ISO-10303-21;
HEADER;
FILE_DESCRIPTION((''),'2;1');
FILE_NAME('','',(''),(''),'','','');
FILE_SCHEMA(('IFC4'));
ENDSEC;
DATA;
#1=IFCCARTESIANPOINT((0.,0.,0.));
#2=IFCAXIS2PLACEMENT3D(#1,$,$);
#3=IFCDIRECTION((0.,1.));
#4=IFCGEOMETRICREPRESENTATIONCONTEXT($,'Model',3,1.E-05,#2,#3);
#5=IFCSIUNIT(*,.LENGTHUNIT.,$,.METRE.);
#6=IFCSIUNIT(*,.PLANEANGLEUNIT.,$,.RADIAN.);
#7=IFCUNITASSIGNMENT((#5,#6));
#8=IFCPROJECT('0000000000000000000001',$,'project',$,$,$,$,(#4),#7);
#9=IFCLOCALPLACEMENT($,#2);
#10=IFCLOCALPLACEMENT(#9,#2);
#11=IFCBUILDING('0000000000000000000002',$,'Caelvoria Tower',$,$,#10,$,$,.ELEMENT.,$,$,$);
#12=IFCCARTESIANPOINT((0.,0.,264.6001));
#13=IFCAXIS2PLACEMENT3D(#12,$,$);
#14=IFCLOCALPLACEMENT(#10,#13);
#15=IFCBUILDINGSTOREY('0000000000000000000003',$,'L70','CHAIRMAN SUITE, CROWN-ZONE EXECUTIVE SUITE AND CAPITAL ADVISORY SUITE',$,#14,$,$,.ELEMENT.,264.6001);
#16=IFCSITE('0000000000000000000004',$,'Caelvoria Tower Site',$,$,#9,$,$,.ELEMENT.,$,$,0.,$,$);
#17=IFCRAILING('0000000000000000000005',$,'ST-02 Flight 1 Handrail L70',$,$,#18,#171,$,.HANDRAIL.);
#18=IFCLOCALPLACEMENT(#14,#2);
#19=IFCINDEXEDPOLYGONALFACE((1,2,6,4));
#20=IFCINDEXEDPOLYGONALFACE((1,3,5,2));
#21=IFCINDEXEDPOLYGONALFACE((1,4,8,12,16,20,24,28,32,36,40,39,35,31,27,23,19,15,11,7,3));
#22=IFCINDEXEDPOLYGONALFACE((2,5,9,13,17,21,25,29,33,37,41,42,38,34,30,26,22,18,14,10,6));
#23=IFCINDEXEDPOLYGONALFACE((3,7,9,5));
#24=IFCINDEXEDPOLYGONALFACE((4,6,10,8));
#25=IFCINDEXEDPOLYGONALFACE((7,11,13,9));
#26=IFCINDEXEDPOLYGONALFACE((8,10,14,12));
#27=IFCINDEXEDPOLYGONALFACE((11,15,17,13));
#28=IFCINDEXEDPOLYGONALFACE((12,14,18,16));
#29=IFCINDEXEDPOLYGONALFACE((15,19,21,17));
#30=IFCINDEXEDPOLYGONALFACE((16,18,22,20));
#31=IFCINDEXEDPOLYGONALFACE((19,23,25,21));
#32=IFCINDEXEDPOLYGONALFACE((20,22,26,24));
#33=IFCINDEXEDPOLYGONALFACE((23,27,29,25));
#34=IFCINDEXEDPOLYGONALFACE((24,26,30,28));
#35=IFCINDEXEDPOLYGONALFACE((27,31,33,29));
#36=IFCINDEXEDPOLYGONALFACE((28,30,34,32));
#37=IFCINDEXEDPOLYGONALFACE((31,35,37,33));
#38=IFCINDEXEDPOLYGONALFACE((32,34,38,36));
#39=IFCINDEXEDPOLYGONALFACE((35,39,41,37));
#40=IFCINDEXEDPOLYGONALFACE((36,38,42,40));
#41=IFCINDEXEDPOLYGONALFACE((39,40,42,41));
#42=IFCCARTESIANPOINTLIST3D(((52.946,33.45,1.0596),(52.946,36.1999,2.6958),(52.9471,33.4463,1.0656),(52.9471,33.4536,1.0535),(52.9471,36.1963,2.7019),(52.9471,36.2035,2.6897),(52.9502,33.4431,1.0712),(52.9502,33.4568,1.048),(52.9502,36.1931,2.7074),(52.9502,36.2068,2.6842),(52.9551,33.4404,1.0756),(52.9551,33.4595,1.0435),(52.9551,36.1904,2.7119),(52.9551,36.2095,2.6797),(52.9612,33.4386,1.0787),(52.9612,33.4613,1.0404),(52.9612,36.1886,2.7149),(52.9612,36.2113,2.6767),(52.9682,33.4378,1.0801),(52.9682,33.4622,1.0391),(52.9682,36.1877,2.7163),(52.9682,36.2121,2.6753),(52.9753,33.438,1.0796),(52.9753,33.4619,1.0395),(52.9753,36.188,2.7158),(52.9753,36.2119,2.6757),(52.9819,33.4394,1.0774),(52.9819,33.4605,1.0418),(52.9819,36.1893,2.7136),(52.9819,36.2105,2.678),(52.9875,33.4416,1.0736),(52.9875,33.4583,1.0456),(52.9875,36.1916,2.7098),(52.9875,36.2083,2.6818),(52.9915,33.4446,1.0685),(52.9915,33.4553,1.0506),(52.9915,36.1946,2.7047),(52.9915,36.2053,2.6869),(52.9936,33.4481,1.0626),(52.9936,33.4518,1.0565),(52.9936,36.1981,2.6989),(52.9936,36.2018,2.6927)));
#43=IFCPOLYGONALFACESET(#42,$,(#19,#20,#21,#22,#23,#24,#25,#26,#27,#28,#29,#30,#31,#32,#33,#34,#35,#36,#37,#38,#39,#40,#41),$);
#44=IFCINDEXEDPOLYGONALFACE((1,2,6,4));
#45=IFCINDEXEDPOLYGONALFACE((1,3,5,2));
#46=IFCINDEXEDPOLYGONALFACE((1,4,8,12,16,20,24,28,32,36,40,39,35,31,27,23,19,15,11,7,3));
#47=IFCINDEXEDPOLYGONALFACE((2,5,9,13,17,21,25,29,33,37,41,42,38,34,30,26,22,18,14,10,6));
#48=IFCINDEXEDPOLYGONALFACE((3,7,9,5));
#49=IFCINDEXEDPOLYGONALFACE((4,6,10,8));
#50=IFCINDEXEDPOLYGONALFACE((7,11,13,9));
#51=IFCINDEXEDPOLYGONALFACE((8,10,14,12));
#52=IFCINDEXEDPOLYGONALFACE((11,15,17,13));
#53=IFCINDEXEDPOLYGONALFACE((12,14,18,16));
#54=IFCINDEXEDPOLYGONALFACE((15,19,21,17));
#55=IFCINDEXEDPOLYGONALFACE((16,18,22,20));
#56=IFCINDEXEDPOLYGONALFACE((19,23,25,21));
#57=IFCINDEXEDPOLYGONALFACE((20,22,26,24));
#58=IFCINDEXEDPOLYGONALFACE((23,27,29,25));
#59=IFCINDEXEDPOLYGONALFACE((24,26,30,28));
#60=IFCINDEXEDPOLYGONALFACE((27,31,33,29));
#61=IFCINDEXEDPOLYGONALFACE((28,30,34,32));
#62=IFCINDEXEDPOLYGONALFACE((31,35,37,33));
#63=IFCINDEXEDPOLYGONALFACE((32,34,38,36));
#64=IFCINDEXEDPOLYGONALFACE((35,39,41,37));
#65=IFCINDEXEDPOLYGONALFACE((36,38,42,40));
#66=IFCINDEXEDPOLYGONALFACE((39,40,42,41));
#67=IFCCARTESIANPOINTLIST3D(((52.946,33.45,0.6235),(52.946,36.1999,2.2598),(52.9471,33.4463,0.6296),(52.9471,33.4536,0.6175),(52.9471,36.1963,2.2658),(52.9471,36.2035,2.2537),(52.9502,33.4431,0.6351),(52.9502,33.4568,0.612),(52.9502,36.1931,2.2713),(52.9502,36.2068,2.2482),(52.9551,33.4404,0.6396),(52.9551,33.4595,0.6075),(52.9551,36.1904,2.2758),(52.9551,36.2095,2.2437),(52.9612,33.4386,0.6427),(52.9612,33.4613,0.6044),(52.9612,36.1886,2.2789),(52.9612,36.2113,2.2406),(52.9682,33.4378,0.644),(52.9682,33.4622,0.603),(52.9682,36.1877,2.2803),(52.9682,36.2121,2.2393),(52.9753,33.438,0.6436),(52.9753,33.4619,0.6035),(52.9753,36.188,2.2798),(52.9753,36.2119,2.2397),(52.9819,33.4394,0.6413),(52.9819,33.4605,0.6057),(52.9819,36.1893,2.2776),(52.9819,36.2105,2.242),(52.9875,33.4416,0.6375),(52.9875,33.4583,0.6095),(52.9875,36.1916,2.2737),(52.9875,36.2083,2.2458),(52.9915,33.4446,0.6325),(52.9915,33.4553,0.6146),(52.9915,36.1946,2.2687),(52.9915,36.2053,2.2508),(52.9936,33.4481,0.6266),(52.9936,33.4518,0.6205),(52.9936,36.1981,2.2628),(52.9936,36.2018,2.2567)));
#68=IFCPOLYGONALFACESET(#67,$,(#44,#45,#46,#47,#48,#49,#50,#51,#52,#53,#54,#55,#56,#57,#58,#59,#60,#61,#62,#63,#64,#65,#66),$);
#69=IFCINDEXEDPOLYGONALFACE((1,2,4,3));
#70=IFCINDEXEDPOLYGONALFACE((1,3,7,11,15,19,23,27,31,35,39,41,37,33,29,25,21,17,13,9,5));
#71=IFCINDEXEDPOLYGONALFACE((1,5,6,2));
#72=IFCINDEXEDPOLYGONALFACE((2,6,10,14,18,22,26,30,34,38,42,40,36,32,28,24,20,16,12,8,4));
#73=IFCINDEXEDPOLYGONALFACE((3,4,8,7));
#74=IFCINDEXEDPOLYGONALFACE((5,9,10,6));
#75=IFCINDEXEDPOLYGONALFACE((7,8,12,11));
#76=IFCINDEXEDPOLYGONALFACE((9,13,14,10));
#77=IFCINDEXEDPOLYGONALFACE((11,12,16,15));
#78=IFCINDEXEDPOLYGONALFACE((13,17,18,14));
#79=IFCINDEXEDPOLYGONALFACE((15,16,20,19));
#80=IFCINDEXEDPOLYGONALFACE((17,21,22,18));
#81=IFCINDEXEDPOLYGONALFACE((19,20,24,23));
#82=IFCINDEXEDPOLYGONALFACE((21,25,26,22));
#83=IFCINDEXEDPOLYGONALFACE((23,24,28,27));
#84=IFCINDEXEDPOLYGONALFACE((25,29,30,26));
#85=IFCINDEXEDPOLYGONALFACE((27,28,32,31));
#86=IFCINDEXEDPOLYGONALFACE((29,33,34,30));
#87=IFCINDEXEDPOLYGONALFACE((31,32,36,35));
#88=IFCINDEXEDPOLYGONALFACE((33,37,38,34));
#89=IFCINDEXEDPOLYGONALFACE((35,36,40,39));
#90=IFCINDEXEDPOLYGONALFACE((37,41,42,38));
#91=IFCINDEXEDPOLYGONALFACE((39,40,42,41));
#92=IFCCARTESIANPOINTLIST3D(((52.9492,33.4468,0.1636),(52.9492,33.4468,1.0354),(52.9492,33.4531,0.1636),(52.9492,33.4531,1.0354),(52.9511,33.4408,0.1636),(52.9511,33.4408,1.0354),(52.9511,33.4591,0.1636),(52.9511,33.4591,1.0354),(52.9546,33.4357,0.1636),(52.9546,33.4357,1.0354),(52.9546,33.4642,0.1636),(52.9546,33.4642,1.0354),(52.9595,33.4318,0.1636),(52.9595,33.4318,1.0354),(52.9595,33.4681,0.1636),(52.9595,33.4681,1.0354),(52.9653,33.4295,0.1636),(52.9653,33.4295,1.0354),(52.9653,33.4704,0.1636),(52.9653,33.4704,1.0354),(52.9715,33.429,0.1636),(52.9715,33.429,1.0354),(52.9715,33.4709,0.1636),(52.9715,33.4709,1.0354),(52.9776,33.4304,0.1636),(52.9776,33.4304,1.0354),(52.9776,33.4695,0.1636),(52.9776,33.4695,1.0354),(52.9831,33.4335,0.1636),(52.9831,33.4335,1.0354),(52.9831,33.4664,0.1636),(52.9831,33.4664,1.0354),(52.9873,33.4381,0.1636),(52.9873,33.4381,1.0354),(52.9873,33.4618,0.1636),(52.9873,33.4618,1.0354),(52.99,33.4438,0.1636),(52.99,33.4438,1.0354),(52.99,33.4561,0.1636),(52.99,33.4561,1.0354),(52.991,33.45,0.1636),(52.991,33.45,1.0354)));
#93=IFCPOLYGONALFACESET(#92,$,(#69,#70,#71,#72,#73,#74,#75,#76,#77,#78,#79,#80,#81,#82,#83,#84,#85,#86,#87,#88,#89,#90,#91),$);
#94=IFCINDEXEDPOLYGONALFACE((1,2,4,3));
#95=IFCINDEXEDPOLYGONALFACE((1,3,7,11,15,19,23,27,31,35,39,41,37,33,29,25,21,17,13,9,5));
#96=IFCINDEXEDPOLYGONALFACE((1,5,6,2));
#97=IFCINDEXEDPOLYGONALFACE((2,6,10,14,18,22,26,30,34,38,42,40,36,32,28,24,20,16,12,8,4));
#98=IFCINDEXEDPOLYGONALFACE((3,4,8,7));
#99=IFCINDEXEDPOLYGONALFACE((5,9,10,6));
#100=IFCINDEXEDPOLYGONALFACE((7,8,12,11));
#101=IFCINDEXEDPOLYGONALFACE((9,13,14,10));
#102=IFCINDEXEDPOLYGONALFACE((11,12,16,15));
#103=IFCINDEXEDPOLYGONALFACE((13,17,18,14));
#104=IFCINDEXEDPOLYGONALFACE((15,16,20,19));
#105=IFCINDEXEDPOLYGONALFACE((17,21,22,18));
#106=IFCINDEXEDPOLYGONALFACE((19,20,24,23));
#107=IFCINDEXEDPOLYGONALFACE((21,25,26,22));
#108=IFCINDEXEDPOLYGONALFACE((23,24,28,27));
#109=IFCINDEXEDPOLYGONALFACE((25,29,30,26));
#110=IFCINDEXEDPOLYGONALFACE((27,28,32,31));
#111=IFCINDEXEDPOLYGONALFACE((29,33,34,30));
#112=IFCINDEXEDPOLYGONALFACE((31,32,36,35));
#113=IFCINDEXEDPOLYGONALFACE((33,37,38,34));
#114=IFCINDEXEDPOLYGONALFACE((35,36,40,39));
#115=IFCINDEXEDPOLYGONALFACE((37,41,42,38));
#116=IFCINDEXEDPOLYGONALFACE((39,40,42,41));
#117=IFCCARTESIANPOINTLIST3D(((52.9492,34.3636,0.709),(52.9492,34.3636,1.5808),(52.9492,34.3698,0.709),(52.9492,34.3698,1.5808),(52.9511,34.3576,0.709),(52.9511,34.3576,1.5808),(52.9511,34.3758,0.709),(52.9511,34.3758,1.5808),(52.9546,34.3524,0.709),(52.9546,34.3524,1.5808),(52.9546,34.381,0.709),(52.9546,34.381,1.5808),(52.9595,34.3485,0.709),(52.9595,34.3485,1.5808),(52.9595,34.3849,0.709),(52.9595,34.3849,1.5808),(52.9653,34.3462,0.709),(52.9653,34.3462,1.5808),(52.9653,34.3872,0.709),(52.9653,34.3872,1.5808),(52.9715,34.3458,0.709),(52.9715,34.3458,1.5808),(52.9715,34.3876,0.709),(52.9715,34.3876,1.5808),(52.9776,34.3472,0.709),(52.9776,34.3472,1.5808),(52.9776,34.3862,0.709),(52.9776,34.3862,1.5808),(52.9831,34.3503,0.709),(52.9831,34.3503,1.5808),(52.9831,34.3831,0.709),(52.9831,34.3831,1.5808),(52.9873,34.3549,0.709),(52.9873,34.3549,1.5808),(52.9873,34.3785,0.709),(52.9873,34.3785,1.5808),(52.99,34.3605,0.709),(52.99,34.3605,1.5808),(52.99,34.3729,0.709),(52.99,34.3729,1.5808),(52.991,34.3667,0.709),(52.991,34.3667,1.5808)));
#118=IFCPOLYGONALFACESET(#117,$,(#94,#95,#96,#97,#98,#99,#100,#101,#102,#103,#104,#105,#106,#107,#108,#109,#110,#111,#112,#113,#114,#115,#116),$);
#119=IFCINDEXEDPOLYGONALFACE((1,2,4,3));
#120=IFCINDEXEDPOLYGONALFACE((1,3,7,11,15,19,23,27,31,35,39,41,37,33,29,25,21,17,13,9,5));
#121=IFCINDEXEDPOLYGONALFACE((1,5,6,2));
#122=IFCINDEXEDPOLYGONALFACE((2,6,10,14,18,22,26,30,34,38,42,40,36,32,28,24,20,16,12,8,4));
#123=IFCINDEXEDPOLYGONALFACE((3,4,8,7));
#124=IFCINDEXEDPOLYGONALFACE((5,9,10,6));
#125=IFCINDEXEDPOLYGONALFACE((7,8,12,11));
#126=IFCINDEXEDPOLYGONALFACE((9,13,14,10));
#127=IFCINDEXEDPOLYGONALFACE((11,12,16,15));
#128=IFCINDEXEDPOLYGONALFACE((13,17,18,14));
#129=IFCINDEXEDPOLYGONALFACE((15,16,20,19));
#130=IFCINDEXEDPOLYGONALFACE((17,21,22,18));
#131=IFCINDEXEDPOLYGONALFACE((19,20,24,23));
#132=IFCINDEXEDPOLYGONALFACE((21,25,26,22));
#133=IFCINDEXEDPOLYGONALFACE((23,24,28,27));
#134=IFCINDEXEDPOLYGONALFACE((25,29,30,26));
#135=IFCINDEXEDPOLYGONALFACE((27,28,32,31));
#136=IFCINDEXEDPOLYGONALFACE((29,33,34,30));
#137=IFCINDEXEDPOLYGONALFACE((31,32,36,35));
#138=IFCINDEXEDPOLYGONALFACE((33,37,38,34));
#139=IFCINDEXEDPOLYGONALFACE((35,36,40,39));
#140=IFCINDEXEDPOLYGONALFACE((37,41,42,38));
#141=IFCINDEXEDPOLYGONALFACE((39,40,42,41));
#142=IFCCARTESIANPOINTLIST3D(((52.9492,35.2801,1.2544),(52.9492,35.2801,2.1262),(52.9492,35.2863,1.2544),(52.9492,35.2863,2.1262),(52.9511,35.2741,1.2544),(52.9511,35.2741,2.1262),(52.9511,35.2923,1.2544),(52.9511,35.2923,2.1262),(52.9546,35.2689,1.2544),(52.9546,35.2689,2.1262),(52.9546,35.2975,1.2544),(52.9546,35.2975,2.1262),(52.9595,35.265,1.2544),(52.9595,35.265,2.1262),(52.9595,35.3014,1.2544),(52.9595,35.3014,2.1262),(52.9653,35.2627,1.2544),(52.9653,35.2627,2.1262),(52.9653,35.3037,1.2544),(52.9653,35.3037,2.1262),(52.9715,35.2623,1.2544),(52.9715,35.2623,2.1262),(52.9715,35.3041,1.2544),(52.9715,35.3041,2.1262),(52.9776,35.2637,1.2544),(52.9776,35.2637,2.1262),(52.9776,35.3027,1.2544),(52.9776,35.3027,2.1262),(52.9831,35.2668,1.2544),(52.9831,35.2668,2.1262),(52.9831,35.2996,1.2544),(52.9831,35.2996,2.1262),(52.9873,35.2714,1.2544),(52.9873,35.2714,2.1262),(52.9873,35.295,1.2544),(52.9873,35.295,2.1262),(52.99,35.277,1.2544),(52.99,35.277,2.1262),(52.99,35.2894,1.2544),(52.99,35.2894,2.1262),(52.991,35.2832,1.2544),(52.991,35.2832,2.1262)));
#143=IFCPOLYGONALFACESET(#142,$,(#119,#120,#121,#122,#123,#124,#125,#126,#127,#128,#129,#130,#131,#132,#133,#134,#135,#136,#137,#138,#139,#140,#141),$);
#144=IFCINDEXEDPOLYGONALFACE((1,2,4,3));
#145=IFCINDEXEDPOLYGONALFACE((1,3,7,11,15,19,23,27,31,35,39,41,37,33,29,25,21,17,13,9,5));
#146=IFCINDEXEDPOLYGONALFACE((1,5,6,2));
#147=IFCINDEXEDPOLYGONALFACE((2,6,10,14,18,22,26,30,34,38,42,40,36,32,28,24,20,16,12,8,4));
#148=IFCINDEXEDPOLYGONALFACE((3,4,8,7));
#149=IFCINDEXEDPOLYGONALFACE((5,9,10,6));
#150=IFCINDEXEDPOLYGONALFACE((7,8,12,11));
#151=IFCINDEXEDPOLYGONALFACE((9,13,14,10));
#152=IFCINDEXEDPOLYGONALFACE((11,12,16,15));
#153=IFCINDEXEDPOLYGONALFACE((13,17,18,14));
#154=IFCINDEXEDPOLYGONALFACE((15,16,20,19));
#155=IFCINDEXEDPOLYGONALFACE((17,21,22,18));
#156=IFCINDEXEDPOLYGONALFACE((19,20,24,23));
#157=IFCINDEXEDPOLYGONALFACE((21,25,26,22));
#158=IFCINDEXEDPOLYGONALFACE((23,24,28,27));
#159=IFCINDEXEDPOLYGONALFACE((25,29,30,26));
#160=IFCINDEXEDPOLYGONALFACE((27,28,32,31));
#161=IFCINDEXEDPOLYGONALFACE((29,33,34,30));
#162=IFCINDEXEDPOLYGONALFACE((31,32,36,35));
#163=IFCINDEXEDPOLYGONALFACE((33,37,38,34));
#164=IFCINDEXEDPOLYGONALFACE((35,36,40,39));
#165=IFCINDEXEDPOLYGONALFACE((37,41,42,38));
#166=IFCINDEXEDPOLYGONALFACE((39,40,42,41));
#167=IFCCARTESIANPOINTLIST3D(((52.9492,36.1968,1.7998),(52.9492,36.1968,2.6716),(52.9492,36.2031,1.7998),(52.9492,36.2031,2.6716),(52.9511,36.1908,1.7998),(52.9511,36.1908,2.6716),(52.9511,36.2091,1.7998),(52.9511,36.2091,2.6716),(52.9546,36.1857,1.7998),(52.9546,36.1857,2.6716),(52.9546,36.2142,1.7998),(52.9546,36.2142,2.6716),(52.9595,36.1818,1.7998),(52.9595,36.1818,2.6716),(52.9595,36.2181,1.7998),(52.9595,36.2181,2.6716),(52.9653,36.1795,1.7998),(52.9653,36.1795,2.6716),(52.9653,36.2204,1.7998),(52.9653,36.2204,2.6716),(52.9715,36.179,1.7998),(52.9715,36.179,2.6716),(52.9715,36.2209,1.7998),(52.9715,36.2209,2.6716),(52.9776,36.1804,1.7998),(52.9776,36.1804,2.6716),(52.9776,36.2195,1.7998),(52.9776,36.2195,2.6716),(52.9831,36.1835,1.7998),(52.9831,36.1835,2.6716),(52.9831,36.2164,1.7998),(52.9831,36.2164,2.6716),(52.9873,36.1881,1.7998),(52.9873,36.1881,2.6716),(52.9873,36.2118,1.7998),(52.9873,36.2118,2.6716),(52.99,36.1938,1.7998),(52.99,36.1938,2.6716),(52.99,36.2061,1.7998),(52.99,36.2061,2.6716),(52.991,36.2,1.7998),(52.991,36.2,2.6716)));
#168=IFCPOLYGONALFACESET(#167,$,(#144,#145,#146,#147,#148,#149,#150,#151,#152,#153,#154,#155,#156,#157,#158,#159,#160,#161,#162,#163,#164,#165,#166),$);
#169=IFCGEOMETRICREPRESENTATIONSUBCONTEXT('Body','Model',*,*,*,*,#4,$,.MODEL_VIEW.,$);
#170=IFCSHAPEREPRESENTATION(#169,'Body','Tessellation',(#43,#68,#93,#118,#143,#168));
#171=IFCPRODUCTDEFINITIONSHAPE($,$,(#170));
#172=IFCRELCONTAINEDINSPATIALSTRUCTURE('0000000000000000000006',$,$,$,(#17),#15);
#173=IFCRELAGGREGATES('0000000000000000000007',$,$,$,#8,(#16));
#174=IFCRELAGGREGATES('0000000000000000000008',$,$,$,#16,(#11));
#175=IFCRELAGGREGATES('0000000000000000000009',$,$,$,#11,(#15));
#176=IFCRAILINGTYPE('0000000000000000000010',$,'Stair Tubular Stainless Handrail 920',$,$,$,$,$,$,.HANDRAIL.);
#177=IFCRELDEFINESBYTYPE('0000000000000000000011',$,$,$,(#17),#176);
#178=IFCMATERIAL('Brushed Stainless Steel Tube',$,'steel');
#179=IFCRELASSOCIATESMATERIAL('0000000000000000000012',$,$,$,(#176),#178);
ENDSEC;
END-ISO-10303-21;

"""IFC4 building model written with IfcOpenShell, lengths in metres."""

from ifc_helpers import new_model, si_unit, direction, frame, origin, origin_2d, place, context, subcontext, project, spatial, circle, extrude, material, type_object, element, save


model = new_model("IFC4")

# Units and contexts
model_context = context("Model", 3, precision=1e-05, world=origin(), true_north=direction((0.0, 1.0)))
body_context = subcontext(model_context, "Body", "Model", "MODEL_VIEW")
ifc_project = project(units=[si_unit("LENGTHUNIT", "METRE"), si_unit("PLANEANGLEUNIT", "RADIAN")], contexts=[model_context])

# Site, building, storey
site_placement = place(None, origin())
site = spatial("IfcSite", under=ifc_project, at=site_placement, Name="Caelvoria Tower Site", CompositionType="ELEMENT", RefElevation=0.0)
building_placement = place(site_placement, origin())
building = spatial("IfcBuilding", under=site, at=building_placement, Name="Caelvoria Tower", CompositionType="ELEMENT")
storey_placement = place(building_placement, frame((0.0, 0.0, 264.6001)))
storey = spatial("IfcBuildingStorey", under=building, at=storey_placement, Name="L70", Description="CHAIRMAN SUITE, CROWN-ZONE EXECUTIVE SUITE AND CAPITAL ADVISORY SUITE", CompositionType="ELEMENT", Elevation=264.6001)

# Railing
ifc_material_1 = material(Name="Brushed Stainless Steel Tube", Category="steel")
railing_type_1 = type_object("IfcRailingType", Name="Stair Tubular Stainless Handrail 920", PredefinedType="HANDRAIL", material=ifc_material_1)
railing_1_placement = place(storey_placement, frame((52.97, 33.45, 0.1636)))
element("IfcRailing", 1, at=railing_1_placement, inside=storey, type_object=railing_type_1, Name="ST-02 Flight 1 Handrail L70", PredefinedType="HANDRAIL", context=body_context, shape_type="SweptSolid", body=[
    extrude(circle(Radius=0.0239, at=origin_2d()), frame((0.0, 0.0, 0.896), z_axis=(0.0, 0.859385, 0.511328), x_axis=(-1.0, 0.0, 0.0)), (0.0, 0.0, 1.0), 3.2),
    extrude(circle(Radius=0.0239, at=origin_2d()), frame((0.0, 0.0, 0.46), z_axis=(0.0, 0.859385, 0.511328), x_axis=(-1.0, 0.0, 0.0)), (0.0, 0.0, 1.0), 3.2),
    extrude(circle(Radius=0.021, at=origin_2d()), origin(), (0.0, 0.0, 1.0), 0.8718),
    extrude(circle(Radius=0.021, at=origin_2d()), frame((0.0, 0.9167, 0.5454)), (0.0, 0.0, 1.0), 0.8718),
    extrude(circle(Radius=0.021, at=origin_2d()), frame((0.0, 1.8333, 1.0908)), (0.0, 0.0, 1.0), 0.8718),
    extrude(circle(Radius=0.021, at=origin_2d()), frame((0.0, 2.75, 1.6362)), (0.0, 0.0, 1.0), 0.8718),
])

save(model, "model.ifc")
